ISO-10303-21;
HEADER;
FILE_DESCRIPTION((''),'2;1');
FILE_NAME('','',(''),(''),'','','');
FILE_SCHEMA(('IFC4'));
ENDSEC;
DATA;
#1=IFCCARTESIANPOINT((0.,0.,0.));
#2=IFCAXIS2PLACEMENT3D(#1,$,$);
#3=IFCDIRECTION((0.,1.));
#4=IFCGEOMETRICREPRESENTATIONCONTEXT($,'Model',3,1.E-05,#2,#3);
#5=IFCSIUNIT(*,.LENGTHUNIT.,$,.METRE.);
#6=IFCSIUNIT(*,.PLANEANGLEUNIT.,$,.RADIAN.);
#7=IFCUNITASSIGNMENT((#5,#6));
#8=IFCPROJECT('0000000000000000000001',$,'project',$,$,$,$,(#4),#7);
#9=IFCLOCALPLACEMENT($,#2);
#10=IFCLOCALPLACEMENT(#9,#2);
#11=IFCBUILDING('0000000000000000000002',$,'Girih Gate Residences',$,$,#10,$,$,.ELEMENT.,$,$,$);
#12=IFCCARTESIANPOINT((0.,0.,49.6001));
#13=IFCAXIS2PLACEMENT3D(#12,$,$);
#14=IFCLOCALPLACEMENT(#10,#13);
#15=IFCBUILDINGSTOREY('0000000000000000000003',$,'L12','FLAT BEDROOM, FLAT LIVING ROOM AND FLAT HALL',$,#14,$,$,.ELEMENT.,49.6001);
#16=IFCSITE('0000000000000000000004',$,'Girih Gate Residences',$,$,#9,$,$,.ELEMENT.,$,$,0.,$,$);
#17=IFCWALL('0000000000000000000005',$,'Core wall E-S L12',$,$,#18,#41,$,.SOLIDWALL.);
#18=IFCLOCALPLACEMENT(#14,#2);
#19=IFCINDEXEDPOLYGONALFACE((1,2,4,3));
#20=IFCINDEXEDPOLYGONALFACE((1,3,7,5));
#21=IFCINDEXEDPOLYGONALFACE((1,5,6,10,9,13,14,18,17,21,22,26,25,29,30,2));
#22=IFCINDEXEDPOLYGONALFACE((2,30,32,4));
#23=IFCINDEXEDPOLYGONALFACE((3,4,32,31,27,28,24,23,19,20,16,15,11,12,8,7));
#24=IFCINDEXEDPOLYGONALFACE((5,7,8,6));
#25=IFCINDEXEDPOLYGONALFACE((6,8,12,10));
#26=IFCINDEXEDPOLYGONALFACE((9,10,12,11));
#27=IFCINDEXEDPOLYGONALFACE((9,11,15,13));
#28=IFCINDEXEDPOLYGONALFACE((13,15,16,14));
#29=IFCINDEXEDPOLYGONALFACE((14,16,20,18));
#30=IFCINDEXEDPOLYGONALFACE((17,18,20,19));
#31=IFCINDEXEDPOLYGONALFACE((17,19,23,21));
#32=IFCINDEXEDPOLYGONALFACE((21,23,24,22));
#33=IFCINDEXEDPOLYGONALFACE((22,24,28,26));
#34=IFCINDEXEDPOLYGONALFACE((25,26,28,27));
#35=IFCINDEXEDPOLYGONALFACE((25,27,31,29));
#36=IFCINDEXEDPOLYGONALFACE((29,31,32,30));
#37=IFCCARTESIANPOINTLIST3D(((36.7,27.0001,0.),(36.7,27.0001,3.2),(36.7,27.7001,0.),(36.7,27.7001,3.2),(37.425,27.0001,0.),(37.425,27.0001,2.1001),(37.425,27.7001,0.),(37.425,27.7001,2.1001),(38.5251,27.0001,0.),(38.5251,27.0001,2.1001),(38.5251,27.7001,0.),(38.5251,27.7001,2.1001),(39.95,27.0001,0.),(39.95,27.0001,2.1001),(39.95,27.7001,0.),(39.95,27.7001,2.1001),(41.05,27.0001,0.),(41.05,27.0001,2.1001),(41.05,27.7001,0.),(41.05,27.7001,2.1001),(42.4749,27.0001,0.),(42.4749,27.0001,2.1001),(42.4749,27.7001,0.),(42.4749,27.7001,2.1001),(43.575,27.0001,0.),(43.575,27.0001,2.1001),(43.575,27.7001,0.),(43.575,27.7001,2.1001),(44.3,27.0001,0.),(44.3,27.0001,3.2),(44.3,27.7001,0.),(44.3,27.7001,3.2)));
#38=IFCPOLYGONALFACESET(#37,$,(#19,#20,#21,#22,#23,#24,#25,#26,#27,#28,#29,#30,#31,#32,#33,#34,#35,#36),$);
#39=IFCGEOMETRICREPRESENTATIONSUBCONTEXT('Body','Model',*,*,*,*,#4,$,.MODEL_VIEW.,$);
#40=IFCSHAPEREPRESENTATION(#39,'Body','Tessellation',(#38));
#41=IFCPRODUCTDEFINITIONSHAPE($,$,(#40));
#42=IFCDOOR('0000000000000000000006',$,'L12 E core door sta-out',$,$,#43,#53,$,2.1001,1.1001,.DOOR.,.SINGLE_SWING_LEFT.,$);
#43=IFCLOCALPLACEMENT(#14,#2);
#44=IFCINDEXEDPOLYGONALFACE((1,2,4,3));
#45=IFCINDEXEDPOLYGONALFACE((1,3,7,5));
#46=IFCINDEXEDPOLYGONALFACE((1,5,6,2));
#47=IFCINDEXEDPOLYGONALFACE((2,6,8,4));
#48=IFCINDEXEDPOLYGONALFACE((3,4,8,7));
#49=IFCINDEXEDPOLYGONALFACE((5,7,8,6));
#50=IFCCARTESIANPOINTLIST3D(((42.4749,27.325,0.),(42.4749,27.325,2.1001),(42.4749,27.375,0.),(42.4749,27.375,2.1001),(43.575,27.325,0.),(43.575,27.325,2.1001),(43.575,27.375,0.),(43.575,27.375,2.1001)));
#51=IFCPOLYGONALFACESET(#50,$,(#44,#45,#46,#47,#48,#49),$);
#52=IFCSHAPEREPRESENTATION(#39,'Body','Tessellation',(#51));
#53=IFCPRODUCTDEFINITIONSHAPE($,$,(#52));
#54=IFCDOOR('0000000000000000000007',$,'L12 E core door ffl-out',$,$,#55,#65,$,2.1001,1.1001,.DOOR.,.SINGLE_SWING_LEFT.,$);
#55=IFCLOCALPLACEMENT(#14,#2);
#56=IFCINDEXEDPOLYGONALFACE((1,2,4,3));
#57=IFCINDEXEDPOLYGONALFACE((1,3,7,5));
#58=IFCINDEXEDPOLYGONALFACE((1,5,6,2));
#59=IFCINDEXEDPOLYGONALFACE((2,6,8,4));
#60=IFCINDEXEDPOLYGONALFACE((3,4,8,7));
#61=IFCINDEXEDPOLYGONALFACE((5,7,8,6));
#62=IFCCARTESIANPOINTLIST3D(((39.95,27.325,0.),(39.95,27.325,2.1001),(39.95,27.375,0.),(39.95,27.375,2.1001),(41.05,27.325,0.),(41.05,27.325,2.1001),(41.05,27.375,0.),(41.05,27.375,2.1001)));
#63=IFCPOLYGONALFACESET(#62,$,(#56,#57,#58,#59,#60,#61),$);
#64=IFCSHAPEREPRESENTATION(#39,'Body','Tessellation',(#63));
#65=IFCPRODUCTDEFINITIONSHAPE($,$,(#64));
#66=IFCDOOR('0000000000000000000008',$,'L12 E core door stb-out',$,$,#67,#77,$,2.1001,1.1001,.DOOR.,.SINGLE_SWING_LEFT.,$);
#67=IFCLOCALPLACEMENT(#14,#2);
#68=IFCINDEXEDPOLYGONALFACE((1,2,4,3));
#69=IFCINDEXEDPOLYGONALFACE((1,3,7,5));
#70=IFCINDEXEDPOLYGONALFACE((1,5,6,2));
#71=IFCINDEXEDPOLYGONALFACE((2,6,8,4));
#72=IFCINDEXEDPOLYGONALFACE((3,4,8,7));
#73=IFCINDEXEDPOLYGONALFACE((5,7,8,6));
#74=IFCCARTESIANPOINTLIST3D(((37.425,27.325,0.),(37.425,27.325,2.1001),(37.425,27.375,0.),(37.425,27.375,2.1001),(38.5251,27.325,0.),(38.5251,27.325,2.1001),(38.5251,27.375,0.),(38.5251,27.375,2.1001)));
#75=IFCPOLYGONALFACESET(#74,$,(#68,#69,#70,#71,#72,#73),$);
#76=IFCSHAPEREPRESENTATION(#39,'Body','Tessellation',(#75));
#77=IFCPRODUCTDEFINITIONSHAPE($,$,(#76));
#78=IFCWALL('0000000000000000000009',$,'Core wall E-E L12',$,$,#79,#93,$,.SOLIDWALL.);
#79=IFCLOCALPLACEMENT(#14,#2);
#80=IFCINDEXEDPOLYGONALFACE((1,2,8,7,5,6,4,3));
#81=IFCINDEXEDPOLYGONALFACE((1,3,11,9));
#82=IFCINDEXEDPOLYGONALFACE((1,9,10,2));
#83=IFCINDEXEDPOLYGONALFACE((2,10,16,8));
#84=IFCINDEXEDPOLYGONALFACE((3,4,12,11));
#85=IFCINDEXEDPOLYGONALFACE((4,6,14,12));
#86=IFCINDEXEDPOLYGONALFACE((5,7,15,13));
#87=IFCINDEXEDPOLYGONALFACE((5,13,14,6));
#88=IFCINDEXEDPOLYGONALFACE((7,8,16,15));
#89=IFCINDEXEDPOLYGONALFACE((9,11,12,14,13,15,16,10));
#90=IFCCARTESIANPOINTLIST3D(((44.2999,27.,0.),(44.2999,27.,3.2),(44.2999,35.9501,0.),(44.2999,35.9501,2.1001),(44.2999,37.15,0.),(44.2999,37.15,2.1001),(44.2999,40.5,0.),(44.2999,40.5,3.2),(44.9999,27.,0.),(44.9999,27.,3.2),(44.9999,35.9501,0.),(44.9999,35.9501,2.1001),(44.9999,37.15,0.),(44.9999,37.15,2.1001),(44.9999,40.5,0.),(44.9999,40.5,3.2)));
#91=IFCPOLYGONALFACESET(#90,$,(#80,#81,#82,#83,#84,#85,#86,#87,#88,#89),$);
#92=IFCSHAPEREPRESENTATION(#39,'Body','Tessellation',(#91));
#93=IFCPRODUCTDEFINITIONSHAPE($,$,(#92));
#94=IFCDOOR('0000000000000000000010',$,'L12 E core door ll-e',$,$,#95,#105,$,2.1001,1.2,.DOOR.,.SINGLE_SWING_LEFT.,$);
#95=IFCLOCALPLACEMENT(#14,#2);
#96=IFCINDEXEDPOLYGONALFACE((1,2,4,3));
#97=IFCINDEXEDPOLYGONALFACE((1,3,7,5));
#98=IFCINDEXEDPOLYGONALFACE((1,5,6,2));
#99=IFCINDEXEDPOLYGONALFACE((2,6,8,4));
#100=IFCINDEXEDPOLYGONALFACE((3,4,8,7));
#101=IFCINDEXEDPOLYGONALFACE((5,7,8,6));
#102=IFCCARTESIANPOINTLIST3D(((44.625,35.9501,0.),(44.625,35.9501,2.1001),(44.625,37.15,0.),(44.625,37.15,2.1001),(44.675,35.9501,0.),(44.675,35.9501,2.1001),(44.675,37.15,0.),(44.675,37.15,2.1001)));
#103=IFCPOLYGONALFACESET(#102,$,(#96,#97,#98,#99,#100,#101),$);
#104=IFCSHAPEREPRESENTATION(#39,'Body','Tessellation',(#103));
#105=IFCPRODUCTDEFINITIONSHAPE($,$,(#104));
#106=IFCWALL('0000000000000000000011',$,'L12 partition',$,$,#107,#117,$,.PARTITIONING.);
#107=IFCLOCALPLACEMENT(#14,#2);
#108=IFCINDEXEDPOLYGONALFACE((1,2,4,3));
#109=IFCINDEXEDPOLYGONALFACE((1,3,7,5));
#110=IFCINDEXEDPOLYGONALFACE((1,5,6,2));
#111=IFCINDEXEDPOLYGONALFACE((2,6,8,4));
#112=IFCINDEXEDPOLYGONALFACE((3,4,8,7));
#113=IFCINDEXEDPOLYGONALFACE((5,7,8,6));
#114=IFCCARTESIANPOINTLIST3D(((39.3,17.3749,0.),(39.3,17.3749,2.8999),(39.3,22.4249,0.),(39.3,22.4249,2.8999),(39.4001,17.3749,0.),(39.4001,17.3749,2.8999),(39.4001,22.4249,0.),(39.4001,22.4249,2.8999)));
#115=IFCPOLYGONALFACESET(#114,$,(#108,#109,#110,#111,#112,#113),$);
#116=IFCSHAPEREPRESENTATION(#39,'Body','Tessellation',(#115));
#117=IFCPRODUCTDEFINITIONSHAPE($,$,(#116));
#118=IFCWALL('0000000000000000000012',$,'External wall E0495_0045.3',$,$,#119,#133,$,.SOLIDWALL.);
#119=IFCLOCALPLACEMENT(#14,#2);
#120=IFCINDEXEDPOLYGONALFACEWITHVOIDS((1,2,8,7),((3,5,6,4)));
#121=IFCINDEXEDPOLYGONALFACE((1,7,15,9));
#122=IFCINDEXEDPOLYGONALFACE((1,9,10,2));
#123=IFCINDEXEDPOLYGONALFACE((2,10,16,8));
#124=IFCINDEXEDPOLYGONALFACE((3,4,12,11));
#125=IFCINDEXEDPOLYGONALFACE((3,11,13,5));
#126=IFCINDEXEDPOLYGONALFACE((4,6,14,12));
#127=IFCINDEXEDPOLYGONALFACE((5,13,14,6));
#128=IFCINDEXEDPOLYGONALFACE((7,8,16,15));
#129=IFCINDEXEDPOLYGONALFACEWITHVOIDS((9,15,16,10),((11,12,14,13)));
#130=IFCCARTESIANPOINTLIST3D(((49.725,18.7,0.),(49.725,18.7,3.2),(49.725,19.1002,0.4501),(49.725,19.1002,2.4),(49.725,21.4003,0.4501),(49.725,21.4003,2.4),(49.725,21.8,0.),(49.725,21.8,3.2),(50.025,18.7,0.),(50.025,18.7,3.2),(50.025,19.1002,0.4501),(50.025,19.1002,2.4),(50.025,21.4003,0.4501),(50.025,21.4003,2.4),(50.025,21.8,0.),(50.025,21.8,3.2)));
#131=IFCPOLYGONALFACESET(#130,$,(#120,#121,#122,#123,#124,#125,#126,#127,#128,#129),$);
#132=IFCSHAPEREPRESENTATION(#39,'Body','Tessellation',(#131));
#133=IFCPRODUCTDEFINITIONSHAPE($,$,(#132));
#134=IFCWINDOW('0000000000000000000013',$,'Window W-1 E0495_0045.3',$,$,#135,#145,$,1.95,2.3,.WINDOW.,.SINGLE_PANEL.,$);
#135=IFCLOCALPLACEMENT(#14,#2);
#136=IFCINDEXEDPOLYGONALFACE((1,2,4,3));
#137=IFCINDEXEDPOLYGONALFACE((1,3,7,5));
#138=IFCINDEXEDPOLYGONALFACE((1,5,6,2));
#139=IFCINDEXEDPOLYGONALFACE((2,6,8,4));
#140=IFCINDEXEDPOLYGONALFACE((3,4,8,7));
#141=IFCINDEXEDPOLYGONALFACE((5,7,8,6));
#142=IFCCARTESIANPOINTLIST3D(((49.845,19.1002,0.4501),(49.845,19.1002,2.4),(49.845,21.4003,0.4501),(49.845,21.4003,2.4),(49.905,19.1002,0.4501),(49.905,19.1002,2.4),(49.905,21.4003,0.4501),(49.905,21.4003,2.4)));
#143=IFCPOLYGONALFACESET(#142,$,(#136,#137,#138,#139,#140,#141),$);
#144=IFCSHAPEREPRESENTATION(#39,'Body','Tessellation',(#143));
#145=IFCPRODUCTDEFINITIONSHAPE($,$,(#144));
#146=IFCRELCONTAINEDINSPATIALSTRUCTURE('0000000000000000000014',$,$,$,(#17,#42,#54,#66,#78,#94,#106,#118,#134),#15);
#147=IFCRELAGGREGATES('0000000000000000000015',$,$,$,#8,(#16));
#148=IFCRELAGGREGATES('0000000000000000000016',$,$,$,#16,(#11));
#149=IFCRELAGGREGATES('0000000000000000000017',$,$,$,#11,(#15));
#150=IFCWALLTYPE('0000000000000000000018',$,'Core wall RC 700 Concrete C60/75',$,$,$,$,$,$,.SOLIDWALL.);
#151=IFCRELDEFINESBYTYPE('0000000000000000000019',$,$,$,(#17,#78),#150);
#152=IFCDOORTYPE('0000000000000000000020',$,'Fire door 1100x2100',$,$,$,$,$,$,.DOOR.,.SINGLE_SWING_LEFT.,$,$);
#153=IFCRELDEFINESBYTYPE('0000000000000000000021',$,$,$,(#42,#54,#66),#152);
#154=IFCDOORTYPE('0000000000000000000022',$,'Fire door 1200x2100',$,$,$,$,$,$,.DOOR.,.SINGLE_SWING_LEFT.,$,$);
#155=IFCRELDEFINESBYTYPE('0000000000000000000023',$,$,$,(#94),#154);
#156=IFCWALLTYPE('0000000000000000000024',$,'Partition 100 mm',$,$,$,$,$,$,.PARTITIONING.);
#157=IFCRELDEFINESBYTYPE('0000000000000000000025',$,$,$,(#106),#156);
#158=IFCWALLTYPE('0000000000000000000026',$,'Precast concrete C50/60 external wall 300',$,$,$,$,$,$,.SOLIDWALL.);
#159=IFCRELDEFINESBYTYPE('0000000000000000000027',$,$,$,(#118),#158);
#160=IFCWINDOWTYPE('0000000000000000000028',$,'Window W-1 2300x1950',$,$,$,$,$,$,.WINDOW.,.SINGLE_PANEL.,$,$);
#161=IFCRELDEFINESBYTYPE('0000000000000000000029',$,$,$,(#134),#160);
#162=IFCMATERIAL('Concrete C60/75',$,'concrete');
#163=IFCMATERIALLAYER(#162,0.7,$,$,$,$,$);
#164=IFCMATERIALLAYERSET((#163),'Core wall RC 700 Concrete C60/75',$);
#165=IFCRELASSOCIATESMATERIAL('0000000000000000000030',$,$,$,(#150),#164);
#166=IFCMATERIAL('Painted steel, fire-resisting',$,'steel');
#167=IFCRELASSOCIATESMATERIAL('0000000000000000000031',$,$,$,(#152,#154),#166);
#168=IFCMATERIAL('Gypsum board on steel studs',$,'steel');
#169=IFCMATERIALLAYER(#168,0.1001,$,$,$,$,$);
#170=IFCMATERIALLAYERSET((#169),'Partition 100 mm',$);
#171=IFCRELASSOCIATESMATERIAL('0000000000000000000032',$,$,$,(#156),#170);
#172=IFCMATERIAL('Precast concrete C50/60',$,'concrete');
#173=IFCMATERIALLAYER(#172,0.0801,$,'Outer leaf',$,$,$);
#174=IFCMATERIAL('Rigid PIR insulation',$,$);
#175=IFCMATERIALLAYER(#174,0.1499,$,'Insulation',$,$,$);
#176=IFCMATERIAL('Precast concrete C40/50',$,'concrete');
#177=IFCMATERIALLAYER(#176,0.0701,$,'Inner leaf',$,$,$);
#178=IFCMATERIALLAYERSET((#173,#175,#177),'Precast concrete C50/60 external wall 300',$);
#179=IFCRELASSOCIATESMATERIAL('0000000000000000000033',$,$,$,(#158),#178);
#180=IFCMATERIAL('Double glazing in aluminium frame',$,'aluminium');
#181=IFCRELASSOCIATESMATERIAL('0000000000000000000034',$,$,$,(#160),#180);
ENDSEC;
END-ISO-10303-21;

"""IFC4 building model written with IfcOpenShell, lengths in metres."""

from ifc_helpers import new_model, si_unit, direction, frame, frame_2d, origin, place, context, subcontext, project, spatial, rectangle, extrude, material, layer, layer_set, type_object, element, fill, save


model = new_model("IFC4")

# Units and contexts
model_context = context("Model", 3, precision=1e-05, world=origin(), true_north=direction((0.0, 1.0)))
body_context = subcontext(model_context, "Body", "Model", "MODEL_VIEW")
ifc_project = project(units=[si_unit("LENGTHUNIT", "METRE"), si_unit("PLANEANGLEUNIT", "RADIAN")], contexts=[model_context])

# Site, building, storey
site_placement = place(None, origin())
site = spatial("IfcSite", under=ifc_project, at=site_placement, Name="Girih Gate Residences", CompositionType="ELEMENT", RefElevation=0.0)
building_placement = place(site_placement, origin())
building = spatial("IfcBuilding", under=site, at=building_placement, Name="Girih Gate Residences", CompositionType="ELEMENT")
storey_placement = place(building_placement, frame((0.0, 0.0, 49.6001)))
storey = spatial("IfcBuildingStorey", under=building, at=storey_placement, Name="L12", Description="FLAT BEDROOM, FLAT LIVING ROOM AND FLAT HALL", CompositionType="ELEMENT", Elevation=49.6001)

# Shared definitions
ifc_material_1 = material(Name="Concrete C60/75", Category="concrete")

# Shared definitions
ifc_material_2 = material(Name="Gypsum board on steel studs", Category="steel")

# Wall, openings, doors
ifc_layer_1 = layer(ifc_material_1, 0.7)
ifc_layer_set_1 = layer_set([ifc_layer_1], Name="Core wall RC 700 Concrete C60/75")
wall_type_1 = type_object("IfcWallType", Name="Core wall RC 700 Concrete C60/75", PredefinedType="SOLIDWALL", material=ifc_layer_set_1)
wall_1_placement = place(storey_placement, frame((36.7, 27.3501, 0.0), z_axis=(0.0, 0.0, 1.0), x_axis=(1.0, 0.0, 0.0)))
wall_1 = element("IfcWall", 1, at=wall_1_placement, inside=storey, type_object=wall_type_1, Name="Core wall E-S L12", PredefinedType="SOLIDWALL", context=body_context, shape_type="SweptSolid", body=[
    extrude(rectangle(XDim=7.6001, YDim=0.7, at=frame_2d((3.8, 0.0))), origin(), (0.0, 0.0, 1.0), 3.2),
])
opening_1_placement = place(wall_1_placement, frame((5.7749, 0.0, 0.0)))
opening_1 = element("IfcOpeningElement", 2, at=opening_1_placement, cuts=wall_1, PredefinedType="OPENING", context=body_context, shape_type="SweptSolid", body=[
    extrude(rectangle(XDim=1.1001, YDim=2.1001, at=frame_2d((0.55, 1.05))), frame((0.0, 0.3599, 0.0), z_axis=(0.0, -1.0, 0.0), x_axis=(1.0, 0.0, 0.0)), (0.0, 0.0, 1.0), 0.72),
])
opening_2_placement = place(wall_1_placement, frame((3.25, 0.0, 0.0)))
opening_2 = element("IfcOpeningElement", 3, at=opening_2_placement, cuts=wall_1, PredefinedType="OPENING", context=body_context, shape_type="SweptSolid", body=[
    extrude(rectangle(XDim=1.1001, YDim=2.1001, at=frame_2d((0.55, 1.05))), frame((0.0, 0.3599, 0.0), z_axis=(0.0, -1.0, 0.0), x_axis=(1.0, 0.0, 0.0)), (0.0, 0.0, 1.0), 0.72),
])
opening_3_placement = place(wall_1_placement, frame((0.7251, 0.0, 0.0)))
opening_3 = element("IfcOpeningElement", 4, at=opening_3_placement, cuts=wall_1, PredefinedType="OPENING", context=body_context, shape_type="SweptSolid", body=[
    extrude(rectangle(XDim=1.1001, YDim=2.1001, at=frame_2d((0.55, 1.05))), frame((0.0, 0.3599, 0.0), z_axis=(0.0, -1.0, 0.0), x_axis=(1.0, 0.0, 0.0)), (0.0, 0.0, 1.0), 0.72),
])
ifc_material_3 = material(Name="Painted steel, fire-resisting", Category="steel")
door_type_1 = type_object("IfcDoorType", Name="Fire door 1100x2100", OperationType="SINGLE_SWING_LEFT", PredefinedType="DOOR", material=ifc_material_3)
door_1_placement = place(opening_1_placement, origin())
door_1 = element("IfcDoor", 5, at=door_1_placement, inside=storey, type_object=door_type_1, Name="L12 E core door sta-out", OperationType="SINGLE_SWING_LEFT", OverallHeight=2.1001, OverallWidth=1.1001, PredefinedType="DOOR", context=body_context, shape_type="SweptSolid", body=[
    extrude(rectangle(XDim=1.1001, YDim=2.1001, at=frame_2d((0.55, 1.05))), frame((0.0, 0.0249, 0.0), z_axis=(0.0, -1.0, 0.0), x_axis=(1.0, 0.0, 0.0)), (0.0, 0.0, 1.0), 0.05),
])
fill(opening_1, door_1)
door_2_placement = place(opening_2_placement, origin())
door_2 = element("IfcDoor", 6, at=door_2_placement, inside=storey, type_object=door_type_1, Name="L12 E core door ffl-out", OperationType="SINGLE_SWING_LEFT", OverallHeight=2.1001, OverallWidth=1.1001, PredefinedType="DOOR", context=body_context, shape_type="SweptSolid", body=[
    extrude(rectangle(XDim=1.1001, YDim=2.1001, at=frame_2d((0.55, 1.05))), frame((0.0, 0.0249, 0.0), z_axis=(0.0, -1.0, 0.0), x_axis=(1.0, 0.0, 0.0)), (0.0, 0.0, 1.0), 0.05),
])
fill(opening_2, door_2)
door_3_placement = place(opening_3_placement, origin())
door_3 = element("IfcDoor", 7, at=door_3_placement, inside=storey, type_object=door_type_1, Name="L12 E core door stb-out", OperationType="SINGLE_SWING_LEFT", OverallHeight=2.1001, OverallWidth=1.1001, PredefinedType="DOOR", context=body_context, shape_type="SweptSolid", body=[
    extrude(rectangle(XDim=1.1001, YDim=2.1001, at=frame_2d((0.55, 1.05))), frame((0.0, 0.0249, 0.0), z_axis=(0.0, -1.0, 0.0), x_axis=(1.0, 0.0, 0.0)), (0.0, 0.0, 1.0), 0.05),
])
fill(opening_3, door_3)

# Wall, opening, door
wall_2_placement = place(storey_placement, frame((44.6499, 27.0, 0.0), z_axis=(0.0, 0.0, 1.0), x_axis=(0.0, 1.0, 0.0)))
wall_2 = element("IfcWall", 8, at=wall_2_placement, inside=storey, type_object=wall_type_1, Name="Core wall E-E L12", PredefinedType="SOLIDWALL", context=body_context, shape_type="SweptSolid", body=[
    extrude(rectangle(XDim=13.5, YDim=0.7, at=frame_2d((6.75, 0.0))), origin(), (0.0, 0.0, 1.0), 3.2),
])
opening_4_placement = place(wall_2_placement, frame((8.95, 0.0, 0.0)))
opening_4 = element("IfcOpeningElement", 9, at=opening_4_placement, cuts=wall_2, PredefinedType="OPENING", context=body_context, shape_type="SweptSolid", body=[
    extrude(rectangle(XDim=1.2, YDim=2.1001, at=frame_2d((0.6001, 1.05))), frame((0.0, 0.3599, 0.0), z_axis=(0.0, -1.0, 0.0), x_axis=(1.0, 0.0, 0.0)), (0.0, 0.0, 1.0), 0.72),
])
door_type_2 = type_object("IfcDoorType", Name="Fire door 1200x2100", OperationType="SINGLE_SWING_LEFT", PredefinedType="DOOR", material=ifc_material_3)
door_4_placement = place(opening_4_placement, origin())
door_4 = element("IfcDoor", 10, at=door_4_placement, inside=storey, type_object=door_type_2, Name="L12 E core door ll-e", OperationType="SINGLE_SWING_LEFT", OverallHeight=2.1001, OverallWidth=1.2, PredefinedType="DOOR", context=body_context, shape_type="SweptSolid", body=[
    extrude(rectangle(XDim=1.2, YDim=2.1001, at=frame_2d((0.6001, 1.05))), frame((0.0, 0.0249, 0.0), z_axis=(0.0, -1.0, 0.0), x_axis=(1.0, 0.0, 0.0)), (0.0, 0.0, 1.0), 0.05),
])
fill(opening_4, door_4)

# Wall
ifc_layer_2 = layer(ifc_material_2, 0.1001)
ifc_layer_set_2 = layer_set([ifc_layer_2], Name="Partition 100 mm")
wall_type_2 = type_object("IfcWallType", Name="Partition 100 mm", PredefinedType="PARTITIONING", material=ifc_layer_set_2)
wall_3_placement = place(storey_placement, frame((39.3501, 17.375, 0.0), z_axis=(0.0, 0.0, 1.0), x_axis=(0.0, 1.0, 0.0)))
element("IfcWall", 11, at=wall_3_placement, inside=storey, type_object=wall_type_2, Name="L12 partition", PredefinedType="PARTITIONING", context=body_context, shape_type="SweptSolid", body=[
    extrude(rectangle(XDim=5.05, YDim=0.1001, at=frame_2d((2.5249, 0.0))), origin(), (0.0, 0.0, 1.0), 2.8999),
])

# Wall, opening, window
ifc_material_4 = material(Name="Precast concrete C50/60", Category="concrete")
ifc_layer_3 = layer(ifc_material_4, 0.0801, Name="Outer leaf")
ifc_material_5 = material(Name="Rigid PIR insulation")
ifc_layer_4 = layer(ifc_material_5, 0.1499, Name="Insulation")
ifc_material_6 = material(Name="Precast concrete C40/50", Category="concrete")
ifc_layer_5 = layer(ifc_material_6, 0.0701, Name="Inner leaf")
ifc_layer_set_3 = layer_set([ifc_layer_3, ifc_layer_4, ifc_layer_5], Name="Precast concrete C50/60 external wall 300")
wall_type_3 = type_object("IfcWallType", Name="Precast concrete C50/60 external wall 300", PredefinedType="SOLIDWALL", material=ifc_layer_set_3)
wall_4_placement = place(storey_placement, frame((49.875, 21.8, 0.0), z_axis=(0.0, 0.0, 1.0), x_axis=(0.0, -1.0, 0.0)))
wall_4 = element("IfcWall", 12, at=wall_4_placement, inside=storey, type_object=wall_type_3, Name="External wall E0495_0045.3", PredefinedType="SOLIDWALL", context=body_context, shape_type="SweptSolid", body=[
    extrude(rectangle(XDim=3.1001, YDim=0.3, at=frame_2d((1.55, 0.0))), origin(), (0.0, 0.0, 1.0), 3.2),
])
opening_5_placement = place(wall_4_placement, frame((0.3999, 0.0, 0.45)))
opening_5 = element("IfcOpeningElement", 13, at=opening_5_placement, cuts=wall_4, PredefinedType="OPENING", context=body_context, shape_type="SweptSolid", body=[
    extrude(rectangle(XDim=2.3, YDim=1.95, at=frame_2d((1.1499, 0.9751))), frame((0.0, 0.1599, 0.0), z_axis=(0.0, -1.0, 0.0), x_axis=(1.0, 0.0, 0.0)), (0.0, 0.0, 1.0), 0.3201),
])
ifc_material_7 = material(Name="Double glazing in aluminium frame", Category="aluminium")
window_type = type_object("IfcWindowType", Name="Window W-1 2300x1950", PartitioningType="SINGLE_PANEL", PredefinedType="WINDOW", material=ifc_material_7)
window_1_placement = place(opening_5_placement, origin())
window_1 = element("IfcWindow", 14, at=window_1_placement, inside=storey, type_object=window_type, Name="Window W-1 E0495_0045.3", OverallHeight=1.95, OverallWidth=2.3, PartitioningType="SINGLE_PANEL", PredefinedType="WINDOW", context=body_context, shape_type="SweptSolid", body=[
    extrude(rectangle(XDim=2.3, YDim=1.95, at=frame_2d((1.1499, 0.9751))), frame((0.0, 0.03, 0.0), z_axis=(0.0, -1.0, 0.0), x_axis=(1.0, 0.0, 0.0)), (0.0, 0.0, 1.0), 0.0601),
])
fill(opening_5, window_1)

save(model, "model.ifc")
